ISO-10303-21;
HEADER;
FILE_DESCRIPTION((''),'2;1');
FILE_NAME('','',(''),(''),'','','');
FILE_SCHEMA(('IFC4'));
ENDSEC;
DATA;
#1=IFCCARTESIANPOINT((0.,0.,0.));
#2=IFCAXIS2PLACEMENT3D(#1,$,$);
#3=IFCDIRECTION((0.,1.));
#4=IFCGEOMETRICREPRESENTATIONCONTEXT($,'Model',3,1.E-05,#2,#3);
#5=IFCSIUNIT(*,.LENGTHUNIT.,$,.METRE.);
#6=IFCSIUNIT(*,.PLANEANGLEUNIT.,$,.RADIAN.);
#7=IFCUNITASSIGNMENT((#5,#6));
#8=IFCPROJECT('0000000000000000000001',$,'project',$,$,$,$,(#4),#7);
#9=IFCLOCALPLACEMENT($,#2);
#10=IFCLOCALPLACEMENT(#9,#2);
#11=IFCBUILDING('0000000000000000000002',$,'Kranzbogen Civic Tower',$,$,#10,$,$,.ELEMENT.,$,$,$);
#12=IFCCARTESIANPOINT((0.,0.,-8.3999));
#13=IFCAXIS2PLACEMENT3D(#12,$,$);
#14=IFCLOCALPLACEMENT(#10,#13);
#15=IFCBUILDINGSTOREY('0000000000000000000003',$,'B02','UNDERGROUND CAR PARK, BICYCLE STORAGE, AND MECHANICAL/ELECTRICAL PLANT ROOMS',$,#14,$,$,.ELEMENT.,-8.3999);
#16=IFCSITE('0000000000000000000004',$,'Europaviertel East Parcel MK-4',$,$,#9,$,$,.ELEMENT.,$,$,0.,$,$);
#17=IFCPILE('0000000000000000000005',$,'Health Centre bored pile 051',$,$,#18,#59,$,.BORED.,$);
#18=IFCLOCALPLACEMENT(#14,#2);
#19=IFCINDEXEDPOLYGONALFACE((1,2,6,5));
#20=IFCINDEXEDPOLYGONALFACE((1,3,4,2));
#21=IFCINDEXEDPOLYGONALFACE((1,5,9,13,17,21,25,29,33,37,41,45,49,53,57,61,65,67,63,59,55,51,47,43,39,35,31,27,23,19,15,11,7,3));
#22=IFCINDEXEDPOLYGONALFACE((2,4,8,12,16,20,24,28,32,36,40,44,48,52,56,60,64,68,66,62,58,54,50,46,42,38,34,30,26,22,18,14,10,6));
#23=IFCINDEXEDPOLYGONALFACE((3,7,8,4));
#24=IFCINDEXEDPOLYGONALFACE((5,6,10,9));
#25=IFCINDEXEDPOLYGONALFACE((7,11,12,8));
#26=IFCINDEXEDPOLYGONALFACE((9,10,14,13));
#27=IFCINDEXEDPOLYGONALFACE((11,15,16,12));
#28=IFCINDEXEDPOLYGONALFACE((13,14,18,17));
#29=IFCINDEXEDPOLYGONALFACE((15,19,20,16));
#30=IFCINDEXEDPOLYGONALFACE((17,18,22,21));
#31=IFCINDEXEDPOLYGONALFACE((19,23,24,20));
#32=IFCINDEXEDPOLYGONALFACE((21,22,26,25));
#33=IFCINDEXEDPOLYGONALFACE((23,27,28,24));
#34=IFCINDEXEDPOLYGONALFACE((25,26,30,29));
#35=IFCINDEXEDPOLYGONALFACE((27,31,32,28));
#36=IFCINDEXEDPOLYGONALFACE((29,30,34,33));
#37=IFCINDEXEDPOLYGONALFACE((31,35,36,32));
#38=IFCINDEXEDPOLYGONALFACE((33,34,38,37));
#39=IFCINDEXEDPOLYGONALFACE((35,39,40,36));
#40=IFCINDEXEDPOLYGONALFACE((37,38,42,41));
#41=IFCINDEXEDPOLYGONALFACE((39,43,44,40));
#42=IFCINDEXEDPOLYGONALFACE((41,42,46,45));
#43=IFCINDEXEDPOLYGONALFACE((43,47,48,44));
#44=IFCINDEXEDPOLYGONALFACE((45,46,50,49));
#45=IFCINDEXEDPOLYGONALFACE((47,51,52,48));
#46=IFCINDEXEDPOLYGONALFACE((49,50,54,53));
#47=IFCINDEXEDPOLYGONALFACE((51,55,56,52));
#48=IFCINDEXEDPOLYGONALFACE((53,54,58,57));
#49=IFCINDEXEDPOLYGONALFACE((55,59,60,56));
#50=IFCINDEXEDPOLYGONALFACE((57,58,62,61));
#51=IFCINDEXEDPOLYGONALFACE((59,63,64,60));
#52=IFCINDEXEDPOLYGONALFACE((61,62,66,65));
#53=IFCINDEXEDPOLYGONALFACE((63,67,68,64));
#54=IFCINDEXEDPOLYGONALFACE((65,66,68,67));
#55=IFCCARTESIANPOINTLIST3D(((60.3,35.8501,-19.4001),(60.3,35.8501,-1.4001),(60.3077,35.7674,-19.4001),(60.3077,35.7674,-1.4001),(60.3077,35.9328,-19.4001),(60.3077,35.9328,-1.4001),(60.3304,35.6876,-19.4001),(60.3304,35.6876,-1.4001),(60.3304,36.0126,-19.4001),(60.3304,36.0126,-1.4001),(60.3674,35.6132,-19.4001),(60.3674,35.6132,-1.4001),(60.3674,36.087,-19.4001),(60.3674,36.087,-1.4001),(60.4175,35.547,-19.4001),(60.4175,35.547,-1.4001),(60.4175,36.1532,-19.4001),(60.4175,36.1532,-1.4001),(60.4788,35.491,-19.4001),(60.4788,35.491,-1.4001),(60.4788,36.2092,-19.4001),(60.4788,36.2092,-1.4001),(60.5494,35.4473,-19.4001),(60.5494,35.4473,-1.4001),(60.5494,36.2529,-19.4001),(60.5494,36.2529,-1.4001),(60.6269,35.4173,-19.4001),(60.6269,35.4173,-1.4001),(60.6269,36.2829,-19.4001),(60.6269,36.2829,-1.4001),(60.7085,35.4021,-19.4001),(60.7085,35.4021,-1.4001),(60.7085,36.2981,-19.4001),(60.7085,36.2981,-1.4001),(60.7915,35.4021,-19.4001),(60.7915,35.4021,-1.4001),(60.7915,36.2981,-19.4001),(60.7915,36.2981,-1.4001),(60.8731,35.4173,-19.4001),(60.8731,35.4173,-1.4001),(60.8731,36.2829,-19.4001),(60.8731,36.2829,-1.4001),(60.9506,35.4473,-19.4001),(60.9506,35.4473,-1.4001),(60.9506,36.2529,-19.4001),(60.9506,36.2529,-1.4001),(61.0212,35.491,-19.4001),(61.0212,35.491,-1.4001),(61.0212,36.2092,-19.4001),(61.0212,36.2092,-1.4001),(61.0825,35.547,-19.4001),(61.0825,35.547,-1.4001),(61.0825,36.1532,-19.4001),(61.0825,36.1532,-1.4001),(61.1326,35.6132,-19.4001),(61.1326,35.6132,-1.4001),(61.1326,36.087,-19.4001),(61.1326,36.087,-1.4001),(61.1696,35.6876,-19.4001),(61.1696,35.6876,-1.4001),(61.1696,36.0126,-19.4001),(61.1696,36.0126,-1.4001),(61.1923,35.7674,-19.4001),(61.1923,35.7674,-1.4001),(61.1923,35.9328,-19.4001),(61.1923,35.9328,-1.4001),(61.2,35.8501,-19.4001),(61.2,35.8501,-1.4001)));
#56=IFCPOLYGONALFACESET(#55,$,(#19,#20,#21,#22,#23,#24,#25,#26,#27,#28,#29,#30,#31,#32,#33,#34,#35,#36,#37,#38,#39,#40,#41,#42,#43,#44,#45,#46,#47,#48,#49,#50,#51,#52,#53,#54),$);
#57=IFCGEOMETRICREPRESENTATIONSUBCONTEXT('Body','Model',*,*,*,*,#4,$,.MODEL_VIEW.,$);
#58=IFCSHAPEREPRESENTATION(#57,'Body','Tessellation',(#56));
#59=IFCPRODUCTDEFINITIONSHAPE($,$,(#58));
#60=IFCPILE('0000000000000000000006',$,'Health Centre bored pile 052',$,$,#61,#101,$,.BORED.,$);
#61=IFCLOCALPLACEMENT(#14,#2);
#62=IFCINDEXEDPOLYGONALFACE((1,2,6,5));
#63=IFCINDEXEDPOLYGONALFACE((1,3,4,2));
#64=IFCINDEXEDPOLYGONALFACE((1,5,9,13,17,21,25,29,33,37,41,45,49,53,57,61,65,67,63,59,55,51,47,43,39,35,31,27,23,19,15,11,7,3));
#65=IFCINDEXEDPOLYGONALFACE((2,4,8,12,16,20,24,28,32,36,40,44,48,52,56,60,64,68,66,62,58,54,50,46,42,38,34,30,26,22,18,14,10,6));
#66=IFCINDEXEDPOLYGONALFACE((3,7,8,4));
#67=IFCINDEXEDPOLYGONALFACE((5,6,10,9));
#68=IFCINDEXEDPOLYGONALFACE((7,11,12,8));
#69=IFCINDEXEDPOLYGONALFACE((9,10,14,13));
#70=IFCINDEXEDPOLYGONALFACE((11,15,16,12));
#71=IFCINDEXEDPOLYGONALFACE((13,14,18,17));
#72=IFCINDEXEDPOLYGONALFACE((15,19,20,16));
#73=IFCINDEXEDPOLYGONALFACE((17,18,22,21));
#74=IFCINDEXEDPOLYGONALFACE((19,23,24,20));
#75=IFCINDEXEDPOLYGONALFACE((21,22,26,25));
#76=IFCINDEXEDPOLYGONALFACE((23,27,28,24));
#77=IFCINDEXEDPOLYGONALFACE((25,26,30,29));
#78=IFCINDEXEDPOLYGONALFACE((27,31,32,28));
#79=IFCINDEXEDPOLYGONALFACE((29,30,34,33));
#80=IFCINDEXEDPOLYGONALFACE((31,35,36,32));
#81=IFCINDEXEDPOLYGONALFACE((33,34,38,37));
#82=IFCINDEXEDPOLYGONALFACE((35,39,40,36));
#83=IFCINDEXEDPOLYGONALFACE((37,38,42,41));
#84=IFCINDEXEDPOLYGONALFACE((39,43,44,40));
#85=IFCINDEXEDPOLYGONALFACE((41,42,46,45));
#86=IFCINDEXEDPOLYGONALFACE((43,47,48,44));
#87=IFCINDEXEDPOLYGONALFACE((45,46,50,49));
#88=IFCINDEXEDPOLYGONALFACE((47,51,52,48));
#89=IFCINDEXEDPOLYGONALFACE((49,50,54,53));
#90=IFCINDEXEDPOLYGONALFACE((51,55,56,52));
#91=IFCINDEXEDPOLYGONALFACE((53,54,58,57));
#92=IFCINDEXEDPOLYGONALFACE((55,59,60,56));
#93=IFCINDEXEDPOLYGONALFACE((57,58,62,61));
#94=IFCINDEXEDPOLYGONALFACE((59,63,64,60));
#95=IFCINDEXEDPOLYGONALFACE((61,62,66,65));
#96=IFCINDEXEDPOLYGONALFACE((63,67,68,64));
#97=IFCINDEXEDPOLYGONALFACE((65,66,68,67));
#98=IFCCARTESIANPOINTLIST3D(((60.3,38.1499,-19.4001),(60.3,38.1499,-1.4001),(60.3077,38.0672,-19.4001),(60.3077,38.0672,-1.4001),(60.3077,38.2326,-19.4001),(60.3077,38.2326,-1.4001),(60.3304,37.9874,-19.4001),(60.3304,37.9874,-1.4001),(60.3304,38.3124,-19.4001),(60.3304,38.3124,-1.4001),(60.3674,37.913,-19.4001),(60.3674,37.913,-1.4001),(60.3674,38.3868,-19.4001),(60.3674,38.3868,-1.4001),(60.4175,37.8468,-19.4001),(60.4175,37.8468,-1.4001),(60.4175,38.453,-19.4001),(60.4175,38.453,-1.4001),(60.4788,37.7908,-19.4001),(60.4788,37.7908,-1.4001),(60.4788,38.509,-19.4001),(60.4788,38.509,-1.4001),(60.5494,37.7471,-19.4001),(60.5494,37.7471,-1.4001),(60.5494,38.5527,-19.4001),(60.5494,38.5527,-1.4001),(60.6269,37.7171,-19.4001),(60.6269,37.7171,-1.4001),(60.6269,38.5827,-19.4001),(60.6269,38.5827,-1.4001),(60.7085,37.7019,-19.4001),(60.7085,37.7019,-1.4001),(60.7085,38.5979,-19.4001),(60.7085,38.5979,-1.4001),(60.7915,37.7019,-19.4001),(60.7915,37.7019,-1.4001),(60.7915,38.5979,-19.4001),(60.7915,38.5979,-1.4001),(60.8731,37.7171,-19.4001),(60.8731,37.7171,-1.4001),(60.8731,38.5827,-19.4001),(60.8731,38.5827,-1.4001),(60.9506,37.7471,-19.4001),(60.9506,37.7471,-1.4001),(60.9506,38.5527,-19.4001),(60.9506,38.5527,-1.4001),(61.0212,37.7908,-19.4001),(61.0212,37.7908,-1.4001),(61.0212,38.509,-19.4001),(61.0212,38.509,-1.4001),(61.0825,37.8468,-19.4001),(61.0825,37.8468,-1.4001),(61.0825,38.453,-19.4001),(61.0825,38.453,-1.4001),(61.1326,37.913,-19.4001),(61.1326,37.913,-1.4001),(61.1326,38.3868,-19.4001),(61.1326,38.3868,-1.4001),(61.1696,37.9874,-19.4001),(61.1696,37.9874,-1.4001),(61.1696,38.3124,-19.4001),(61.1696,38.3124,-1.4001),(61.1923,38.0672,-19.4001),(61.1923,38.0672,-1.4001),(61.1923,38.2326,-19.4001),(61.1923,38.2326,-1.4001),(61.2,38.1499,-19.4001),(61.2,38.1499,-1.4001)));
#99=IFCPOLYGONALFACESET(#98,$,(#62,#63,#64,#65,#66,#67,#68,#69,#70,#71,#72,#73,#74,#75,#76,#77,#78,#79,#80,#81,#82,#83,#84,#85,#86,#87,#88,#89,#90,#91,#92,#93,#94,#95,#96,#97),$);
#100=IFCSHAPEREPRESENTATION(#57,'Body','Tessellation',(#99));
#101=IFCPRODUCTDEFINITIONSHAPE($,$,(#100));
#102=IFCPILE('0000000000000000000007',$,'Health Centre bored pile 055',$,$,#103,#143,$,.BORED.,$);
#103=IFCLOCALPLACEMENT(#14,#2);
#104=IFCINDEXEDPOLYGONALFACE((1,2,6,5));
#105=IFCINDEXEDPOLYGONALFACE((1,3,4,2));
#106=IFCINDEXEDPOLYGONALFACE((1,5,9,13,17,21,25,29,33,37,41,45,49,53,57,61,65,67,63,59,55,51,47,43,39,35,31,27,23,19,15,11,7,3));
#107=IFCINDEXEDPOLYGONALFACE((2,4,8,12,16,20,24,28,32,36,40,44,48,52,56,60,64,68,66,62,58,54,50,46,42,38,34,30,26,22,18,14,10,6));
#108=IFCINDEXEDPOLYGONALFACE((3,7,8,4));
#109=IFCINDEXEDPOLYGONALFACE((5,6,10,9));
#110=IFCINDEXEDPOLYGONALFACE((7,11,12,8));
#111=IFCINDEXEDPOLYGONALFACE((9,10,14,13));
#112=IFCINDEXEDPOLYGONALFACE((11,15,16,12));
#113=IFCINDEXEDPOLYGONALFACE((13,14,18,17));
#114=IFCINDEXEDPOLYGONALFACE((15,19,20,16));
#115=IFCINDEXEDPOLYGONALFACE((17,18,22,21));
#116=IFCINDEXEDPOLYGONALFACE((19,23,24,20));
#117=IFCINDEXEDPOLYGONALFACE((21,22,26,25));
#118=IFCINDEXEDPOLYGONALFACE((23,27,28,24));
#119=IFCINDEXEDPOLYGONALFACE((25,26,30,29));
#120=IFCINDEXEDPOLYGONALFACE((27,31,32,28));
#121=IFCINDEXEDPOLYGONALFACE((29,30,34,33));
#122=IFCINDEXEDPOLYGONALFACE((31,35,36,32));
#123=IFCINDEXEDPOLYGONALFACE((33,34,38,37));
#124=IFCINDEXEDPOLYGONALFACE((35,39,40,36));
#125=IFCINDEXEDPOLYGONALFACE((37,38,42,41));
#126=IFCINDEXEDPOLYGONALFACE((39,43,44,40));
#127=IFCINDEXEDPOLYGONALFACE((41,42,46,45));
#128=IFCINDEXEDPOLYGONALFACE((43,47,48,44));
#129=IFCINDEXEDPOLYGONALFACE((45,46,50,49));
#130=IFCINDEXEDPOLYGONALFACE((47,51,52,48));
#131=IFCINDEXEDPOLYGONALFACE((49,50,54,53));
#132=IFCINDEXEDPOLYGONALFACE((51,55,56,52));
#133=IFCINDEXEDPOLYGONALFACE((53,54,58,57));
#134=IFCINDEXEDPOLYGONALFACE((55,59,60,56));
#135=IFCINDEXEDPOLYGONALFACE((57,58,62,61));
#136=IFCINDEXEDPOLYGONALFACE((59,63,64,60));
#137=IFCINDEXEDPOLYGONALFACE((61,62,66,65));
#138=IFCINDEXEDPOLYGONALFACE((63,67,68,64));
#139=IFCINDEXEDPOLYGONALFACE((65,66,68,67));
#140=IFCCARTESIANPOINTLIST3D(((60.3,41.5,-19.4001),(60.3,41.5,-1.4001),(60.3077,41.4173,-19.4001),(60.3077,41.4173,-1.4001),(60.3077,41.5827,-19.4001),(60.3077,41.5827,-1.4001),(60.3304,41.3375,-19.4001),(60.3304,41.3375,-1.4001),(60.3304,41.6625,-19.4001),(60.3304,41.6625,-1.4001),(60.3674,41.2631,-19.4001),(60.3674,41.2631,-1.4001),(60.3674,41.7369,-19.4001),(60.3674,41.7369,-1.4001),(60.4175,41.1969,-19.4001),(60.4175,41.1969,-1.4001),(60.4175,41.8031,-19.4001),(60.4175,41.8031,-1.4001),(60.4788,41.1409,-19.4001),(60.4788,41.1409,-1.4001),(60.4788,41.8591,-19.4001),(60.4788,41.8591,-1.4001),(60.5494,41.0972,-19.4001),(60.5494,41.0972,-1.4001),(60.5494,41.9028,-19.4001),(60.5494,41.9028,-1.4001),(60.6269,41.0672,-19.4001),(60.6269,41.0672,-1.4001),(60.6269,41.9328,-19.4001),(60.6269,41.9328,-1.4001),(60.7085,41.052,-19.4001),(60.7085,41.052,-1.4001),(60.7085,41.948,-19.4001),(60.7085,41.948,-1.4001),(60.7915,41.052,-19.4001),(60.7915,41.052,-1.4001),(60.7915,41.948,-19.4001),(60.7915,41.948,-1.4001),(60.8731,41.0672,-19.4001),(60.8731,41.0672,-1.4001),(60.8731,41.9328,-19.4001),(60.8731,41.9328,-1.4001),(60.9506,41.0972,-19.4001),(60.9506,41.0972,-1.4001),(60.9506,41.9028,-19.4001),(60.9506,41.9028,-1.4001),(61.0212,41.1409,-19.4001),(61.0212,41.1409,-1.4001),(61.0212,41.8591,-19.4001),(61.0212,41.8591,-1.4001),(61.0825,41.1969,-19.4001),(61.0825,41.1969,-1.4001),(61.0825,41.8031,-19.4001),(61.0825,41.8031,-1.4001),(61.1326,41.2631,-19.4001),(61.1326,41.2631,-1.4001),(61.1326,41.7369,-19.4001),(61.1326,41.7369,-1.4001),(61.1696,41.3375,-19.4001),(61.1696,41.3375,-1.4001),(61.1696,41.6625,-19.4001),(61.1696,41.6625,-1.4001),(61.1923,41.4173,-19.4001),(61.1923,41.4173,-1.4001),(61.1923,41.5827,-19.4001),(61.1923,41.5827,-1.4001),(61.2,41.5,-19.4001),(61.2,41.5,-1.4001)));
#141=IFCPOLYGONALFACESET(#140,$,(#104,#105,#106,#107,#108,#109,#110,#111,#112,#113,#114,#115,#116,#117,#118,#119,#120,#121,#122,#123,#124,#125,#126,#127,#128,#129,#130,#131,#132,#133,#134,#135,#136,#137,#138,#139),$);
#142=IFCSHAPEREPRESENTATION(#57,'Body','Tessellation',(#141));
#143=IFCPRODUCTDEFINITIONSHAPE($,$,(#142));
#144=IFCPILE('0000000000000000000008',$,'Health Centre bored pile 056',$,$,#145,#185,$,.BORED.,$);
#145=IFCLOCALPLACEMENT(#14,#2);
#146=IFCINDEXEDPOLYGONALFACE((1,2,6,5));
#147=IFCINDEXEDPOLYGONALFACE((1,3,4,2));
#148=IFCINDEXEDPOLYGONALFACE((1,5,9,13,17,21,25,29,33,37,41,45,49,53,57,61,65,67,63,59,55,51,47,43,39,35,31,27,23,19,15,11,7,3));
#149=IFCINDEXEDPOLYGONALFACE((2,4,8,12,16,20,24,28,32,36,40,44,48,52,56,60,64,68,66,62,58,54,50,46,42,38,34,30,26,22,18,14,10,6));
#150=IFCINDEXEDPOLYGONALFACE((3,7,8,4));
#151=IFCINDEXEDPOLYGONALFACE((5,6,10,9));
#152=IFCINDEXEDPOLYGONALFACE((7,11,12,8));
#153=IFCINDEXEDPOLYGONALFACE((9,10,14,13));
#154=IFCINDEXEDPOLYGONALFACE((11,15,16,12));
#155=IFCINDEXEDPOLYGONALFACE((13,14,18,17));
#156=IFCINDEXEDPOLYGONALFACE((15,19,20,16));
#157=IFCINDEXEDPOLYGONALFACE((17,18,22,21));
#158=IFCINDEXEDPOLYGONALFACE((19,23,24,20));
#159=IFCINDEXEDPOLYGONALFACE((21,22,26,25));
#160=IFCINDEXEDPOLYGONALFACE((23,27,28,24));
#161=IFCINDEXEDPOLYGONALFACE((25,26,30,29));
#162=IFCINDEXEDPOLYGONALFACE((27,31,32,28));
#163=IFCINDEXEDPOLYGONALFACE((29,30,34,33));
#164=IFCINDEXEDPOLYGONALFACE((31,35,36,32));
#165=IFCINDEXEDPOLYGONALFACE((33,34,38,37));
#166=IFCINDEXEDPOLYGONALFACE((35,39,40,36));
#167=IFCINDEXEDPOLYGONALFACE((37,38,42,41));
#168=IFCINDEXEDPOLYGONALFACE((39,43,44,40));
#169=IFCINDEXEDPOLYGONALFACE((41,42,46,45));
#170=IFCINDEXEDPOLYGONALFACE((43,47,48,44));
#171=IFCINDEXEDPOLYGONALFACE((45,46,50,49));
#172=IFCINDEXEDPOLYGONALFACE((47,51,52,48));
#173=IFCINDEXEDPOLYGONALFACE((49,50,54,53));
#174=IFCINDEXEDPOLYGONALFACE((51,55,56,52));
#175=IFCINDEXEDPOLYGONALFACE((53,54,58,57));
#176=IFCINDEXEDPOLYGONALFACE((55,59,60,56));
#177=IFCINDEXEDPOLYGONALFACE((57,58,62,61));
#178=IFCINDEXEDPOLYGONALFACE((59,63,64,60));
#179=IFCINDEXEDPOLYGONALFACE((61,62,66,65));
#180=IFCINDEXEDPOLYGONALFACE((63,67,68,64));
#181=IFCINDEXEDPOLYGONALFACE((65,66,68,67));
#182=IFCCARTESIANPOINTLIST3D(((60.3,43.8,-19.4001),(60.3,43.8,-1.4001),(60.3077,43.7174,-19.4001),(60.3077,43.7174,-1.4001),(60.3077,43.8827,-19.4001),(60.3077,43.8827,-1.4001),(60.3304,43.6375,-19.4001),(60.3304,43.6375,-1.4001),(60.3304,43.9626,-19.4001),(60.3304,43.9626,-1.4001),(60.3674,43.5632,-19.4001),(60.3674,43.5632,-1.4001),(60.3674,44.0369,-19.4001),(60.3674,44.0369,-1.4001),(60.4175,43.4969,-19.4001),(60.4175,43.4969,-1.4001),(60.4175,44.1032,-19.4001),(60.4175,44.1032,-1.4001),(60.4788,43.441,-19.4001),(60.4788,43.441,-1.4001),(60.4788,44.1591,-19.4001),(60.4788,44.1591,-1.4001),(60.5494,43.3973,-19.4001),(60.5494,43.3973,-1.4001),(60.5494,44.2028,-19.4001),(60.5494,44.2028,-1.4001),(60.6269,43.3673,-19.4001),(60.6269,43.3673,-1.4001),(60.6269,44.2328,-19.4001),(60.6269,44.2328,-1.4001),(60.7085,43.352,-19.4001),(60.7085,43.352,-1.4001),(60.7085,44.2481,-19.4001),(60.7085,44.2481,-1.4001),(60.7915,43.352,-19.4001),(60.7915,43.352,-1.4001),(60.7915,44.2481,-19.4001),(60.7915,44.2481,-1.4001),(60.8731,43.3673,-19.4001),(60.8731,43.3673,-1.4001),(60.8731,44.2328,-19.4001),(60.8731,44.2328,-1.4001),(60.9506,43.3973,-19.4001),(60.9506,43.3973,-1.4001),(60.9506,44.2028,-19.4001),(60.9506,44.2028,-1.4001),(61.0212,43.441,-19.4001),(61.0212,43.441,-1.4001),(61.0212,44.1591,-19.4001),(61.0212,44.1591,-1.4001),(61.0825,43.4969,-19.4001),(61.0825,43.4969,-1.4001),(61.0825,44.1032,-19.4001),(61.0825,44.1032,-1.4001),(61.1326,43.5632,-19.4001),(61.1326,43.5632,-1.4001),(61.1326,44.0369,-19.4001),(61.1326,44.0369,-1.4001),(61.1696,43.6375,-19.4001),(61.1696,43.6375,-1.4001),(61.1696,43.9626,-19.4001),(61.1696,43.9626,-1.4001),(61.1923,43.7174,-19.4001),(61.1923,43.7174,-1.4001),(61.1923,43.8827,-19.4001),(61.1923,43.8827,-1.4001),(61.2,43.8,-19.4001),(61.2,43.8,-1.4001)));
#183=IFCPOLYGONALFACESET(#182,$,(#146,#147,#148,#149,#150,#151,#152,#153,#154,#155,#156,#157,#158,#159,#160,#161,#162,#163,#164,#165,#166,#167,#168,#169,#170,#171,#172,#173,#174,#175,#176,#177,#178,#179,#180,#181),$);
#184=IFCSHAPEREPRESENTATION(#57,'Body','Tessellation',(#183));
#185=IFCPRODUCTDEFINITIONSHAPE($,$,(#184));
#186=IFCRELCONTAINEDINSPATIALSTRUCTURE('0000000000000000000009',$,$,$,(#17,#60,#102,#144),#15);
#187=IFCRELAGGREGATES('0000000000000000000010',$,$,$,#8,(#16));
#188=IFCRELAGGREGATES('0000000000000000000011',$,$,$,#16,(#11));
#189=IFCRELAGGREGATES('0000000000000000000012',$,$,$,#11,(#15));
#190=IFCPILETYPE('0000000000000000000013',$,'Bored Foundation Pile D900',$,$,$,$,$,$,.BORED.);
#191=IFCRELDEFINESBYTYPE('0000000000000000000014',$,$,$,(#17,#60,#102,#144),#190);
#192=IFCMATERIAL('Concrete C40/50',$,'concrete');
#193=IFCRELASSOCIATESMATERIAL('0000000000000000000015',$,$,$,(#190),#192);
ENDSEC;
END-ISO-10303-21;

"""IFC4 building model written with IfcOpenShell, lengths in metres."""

from ifc_helpers import new_model, si_unit, direction, frame, origin, origin_2d, place, context, subcontext, project, spatial, circle, extrude, material, material_profile, profile_set, type_object, element, save


model = new_model("IFC4")

# Units and contexts
model_context = context("Model", 3, precision=1e-05, world=origin(), true_north=direction((0.0, 1.0)))
body_context = subcontext(model_context, "Body", "Model", "MODEL_VIEW")
ifc_project = project(units=[si_unit("LENGTHUNIT", "METRE"), si_unit("PLANEANGLEUNIT", "RADIAN")], contexts=[model_context])

# Site, building, storey
site_placement = place(None, origin())
site = spatial("IfcSite", under=ifc_project, at=site_placement, Name="Europaviertel East Parcel MK-4", CompositionType="ELEMENT", RefElevation=0.0)
building_placement = place(site_placement, origin())
building = spatial("IfcBuilding", under=site, at=building_placement, Name="Kranzbogen Civic Tower", CompositionType="ELEMENT")
storey_placement = place(building_placement, frame((0.0, 0.0, -8.3999)))
storey = spatial("IfcBuildingStorey", under=building, at=storey_placement, Name="B02", Description="UNDERGROUND CAR PARK, BICYCLE STORAGE, AND MECHANICAL/ELECTRICAL PLANT ROOMS", CompositionType="ELEMENT", Elevation=-8.3999)

# Piles
ifc_material_1 = material(Name="Concrete C40/50", Category="concrete")
ifc_material_profile_1 = material_profile(ifc_material_1, circle(Radius=0.45, at=origin_2d()), Name="PILE D900")
ifc_profile_set_1 = profile_set([ifc_material_profile_1], Name="Concrete C40/50")
pile_type = type_object("IfcPileType", Name="Bored Foundation Pile D900", PredefinedType="BORED", material=ifc_profile_set_1)
for number, where, z_axis, x_axis, name in (
    (1, (60.75, 35.8501, -1.4001), (0.0, 0.0, -1.0), (1.0, 0.0, 0.0), "Health Centre bored pile 051"),
    (2, (60.75, 38.1499, -1.4001), (0.0, 0.0, -1.0), (1.0, 0.0, 0.0), "Health Centre bored pile 052"),
    (3, (60.75, 41.5, -1.4001), (0.0, 0.0, -1.0), (1.0, 0.0, 0.0), "Health Centre bored pile 055"),
    (4, (60.75, 43.8, -1.4001), (0.0, 0.0, -1.0), (1.0, 0.0, 0.0), "Health Centre bored pile 056"),
):
    element("IfcPile", number, at=place(storey_placement, frame(where, z_axis=z_axis, x_axis=x_axis)), inside=storey, type_object=pile_type, Name=name, PredefinedType="BORED", context=body_context, shape_type="SweptSolid", body=[
        extrude(circle(Radius=0.45, at=origin_2d()), origin(), (0.0, 0.0, 1.0), 18.0),
    ])

save(model, "model.ifc")
